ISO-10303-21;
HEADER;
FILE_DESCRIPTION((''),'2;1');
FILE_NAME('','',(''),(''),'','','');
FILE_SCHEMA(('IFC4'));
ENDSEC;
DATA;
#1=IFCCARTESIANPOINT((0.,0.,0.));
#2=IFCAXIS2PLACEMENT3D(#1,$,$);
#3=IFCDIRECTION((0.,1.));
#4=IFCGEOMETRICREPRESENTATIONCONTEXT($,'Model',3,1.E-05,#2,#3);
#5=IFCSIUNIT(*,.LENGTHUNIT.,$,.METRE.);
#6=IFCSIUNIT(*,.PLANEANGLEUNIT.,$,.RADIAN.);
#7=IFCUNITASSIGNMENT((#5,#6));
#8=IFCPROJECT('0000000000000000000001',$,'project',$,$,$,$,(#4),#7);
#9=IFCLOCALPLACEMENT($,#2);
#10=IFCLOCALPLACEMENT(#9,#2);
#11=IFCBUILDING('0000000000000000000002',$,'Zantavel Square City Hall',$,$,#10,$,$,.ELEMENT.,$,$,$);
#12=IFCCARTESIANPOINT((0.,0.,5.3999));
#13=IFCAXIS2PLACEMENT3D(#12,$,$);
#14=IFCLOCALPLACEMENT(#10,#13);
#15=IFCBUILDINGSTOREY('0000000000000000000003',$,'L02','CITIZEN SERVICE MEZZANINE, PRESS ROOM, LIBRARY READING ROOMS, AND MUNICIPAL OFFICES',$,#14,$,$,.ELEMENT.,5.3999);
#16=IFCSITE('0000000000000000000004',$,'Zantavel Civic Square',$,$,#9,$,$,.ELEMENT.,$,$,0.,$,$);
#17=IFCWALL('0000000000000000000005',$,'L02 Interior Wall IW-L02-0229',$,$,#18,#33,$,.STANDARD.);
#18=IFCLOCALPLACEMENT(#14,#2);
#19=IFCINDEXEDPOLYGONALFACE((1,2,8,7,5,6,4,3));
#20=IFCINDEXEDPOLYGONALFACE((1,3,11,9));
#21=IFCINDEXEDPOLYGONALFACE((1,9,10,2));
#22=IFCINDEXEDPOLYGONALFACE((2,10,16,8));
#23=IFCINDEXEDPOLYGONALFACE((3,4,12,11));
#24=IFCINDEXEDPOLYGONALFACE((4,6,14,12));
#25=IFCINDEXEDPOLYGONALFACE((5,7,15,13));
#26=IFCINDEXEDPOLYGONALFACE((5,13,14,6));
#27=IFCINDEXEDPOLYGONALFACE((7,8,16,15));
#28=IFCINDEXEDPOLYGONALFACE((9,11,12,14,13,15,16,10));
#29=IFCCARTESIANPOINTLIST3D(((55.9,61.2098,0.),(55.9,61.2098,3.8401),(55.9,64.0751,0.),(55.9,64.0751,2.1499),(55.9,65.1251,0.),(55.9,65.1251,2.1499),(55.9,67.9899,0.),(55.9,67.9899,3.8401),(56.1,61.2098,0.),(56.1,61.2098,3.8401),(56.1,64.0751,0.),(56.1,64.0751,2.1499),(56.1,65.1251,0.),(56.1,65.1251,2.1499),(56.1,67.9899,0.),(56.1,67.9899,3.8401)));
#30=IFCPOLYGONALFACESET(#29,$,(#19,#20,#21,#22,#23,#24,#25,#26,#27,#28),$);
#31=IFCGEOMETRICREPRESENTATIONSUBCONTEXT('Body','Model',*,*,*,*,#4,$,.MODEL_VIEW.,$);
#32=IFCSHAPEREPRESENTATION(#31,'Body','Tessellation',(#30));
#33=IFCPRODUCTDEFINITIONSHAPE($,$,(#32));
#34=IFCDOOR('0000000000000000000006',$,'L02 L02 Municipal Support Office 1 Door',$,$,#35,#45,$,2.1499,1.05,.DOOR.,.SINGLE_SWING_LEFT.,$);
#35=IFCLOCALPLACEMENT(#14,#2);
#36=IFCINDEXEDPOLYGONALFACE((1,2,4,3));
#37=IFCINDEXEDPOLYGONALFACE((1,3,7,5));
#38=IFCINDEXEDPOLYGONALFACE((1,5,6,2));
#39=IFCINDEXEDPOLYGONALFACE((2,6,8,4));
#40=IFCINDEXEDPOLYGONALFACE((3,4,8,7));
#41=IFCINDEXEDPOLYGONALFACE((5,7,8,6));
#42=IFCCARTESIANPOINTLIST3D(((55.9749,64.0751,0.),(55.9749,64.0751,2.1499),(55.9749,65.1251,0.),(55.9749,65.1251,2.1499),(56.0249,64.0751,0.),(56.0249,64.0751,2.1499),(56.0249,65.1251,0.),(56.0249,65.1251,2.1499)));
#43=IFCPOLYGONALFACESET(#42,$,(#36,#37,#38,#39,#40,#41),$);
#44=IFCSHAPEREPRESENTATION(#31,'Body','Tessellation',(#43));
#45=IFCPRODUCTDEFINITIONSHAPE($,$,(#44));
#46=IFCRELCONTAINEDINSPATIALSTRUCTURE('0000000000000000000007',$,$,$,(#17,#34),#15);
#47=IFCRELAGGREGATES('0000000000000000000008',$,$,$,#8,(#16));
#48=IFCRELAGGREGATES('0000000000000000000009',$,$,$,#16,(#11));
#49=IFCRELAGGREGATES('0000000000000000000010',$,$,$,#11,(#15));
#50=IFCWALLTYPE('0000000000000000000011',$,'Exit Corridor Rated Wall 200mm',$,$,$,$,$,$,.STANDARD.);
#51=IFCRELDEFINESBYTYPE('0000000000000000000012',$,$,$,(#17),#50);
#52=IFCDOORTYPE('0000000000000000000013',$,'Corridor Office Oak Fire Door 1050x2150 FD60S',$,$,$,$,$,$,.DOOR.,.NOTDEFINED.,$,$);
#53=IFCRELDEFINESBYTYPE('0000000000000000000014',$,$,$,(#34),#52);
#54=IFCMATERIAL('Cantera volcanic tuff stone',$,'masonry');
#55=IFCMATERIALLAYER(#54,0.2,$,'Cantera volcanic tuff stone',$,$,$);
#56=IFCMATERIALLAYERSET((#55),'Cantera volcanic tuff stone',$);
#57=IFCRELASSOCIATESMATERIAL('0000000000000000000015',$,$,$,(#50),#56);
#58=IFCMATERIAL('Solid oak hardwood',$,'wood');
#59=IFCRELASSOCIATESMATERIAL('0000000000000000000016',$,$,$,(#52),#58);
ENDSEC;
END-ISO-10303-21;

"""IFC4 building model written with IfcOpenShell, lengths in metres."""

from ifc_helpers import new_model, si_unit, direction, frame, frame_2d, origin, place, context, subcontext, project, spatial, rectangle, extrude, material, layer, layer_set, type_object, element, fill, save


model = new_model("IFC4")

# Units and contexts
model_context = context("Model", 3, precision=1e-05, world=origin(), true_north=direction((0.0, 1.0)))
body_context = subcontext(model_context, "Body", "Model", "MODEL_VIEW")
ifc_project = project(units=[si_unit("LENGTHUNIT", "METRE"), si_unit("PLANEANGLEUNIT", "RADIAN")], contexts=[model_context])

# Site, building, storey
site_placement = place(None, origin())
site = spatial("IfcSite", under=ifc_project, at=site_placement, Name="Zantavel Civic Square", CompositionType="ELEMENT", RefElevation=0.0)
building_placement = place(site_placement, origin())
building = spatial("IfcBuilding", under=site, at=building_placement, Name="Zantavel Square City Hall", CompositionType="ELEMENT")
storey_placement = place(building_placement, frame((0.0, 0.0, 5.3999)))
storey = spatial("IfcBuildingStorey", under=building, at=storey_placement, Name="L02", Description="CITIZEN SERVICE MEZZANINE, PRESS ROOM, LIBRARY READING ROOMS, AND MUNICIPAL OFFICES", CompositionType="ELEMENT", Elevation=5.3999)

# Wall, opening, door
ifc_material_1 = material(Name="Cantera volcanic tuff stone", Category="masonry")
ifc_layer_1 = layer(ifc_material_1, 0.2, Name="Cantera volcanic tuff stone")
ifc_layer_set_1 = layer_set([ifc_layer_1], Name="Cantera volcanic tuff stone")
wall_type = type_object("IfcWallType", Name="Exit Corridor Rated Wall 200mm", PredefinedType="STANDARD", material=ifc_layer_set_1)
wall_placement = place(storey_placement, frame((56.0, 67.99, 0.0), z_axis=(0.0, 0.0, 1.0), x_axis=(0.0, -1.0, 0.0)))
wall = element("IfcWall", 1, at=wall_placement, inside=storey, type_object=wall_type, Name="L02 Interior Wall IW-L02-0229", PredefinedType="STANDARD", context=body_context, shape_type="SweptSolid", body=[
    extrude(rectangle(XDim=6.78, YDim=0.2, at=frame_2d((3.3901, 0.0))), origin(), (0.0, 0.0, 1.0), 3.8401),
])
opening_placement = place(wall_placement, frame((2.865, 0.0, 0.0)))
opening = element("IfcOpeningElement", 2, at=opening_placement, cuts=wall, PredefinedType="OPENING", context=body_context, shape_type="SweptSolid", body=[
    extrude(rectangle(XDim=1.05, YDim=2.1499, at=frame_2d((0.5249, 1.075))), frame((0.0, 0.1099, 0.0), z_axis=(0.0, -1.0, 0.0), x_axis=(1.0, 0.0, 0.0)), (0.0, 0.0, 1.0), 0.22),
])
ifc_material_2 = material(Name="Solid oak hardwood", Category="wood")
door_type = type_object("IfcDoorType", Name="Corridor Office Oak Fire Door 1050x2150 FD60S", OperationType="NOTDEFINED", PredefinedType="DOOR", material=ifc_material_2)
door_placement = place(opening_placement, origin())
door = element("IfcDoor", 3, at=door_placement, inside=storey, type_object=door_type, Name="L02 L02 Municipal Support Office 1 Door", OperationType="SINGLE_SWING_LEFT", OverallHeight=2.1499, OverallWidth=1.05, PredefinedType="DOOR", context=body_context, shape_type="SweptSolid", body=[
    extrude(rectangle(XDim=1.05, YDim=2.1499, at=frame_2d((0.5249, 1.075))), frame((0.0, 0.0249, 0.0), z_axis=(0.0, -1.0, 0.0), x_axis=(1.0, 0.0, 0.0)), (0.0, 0.0, 1.0), 0.05),
])
fill(opening, door)

save(model, "model.ifc")
